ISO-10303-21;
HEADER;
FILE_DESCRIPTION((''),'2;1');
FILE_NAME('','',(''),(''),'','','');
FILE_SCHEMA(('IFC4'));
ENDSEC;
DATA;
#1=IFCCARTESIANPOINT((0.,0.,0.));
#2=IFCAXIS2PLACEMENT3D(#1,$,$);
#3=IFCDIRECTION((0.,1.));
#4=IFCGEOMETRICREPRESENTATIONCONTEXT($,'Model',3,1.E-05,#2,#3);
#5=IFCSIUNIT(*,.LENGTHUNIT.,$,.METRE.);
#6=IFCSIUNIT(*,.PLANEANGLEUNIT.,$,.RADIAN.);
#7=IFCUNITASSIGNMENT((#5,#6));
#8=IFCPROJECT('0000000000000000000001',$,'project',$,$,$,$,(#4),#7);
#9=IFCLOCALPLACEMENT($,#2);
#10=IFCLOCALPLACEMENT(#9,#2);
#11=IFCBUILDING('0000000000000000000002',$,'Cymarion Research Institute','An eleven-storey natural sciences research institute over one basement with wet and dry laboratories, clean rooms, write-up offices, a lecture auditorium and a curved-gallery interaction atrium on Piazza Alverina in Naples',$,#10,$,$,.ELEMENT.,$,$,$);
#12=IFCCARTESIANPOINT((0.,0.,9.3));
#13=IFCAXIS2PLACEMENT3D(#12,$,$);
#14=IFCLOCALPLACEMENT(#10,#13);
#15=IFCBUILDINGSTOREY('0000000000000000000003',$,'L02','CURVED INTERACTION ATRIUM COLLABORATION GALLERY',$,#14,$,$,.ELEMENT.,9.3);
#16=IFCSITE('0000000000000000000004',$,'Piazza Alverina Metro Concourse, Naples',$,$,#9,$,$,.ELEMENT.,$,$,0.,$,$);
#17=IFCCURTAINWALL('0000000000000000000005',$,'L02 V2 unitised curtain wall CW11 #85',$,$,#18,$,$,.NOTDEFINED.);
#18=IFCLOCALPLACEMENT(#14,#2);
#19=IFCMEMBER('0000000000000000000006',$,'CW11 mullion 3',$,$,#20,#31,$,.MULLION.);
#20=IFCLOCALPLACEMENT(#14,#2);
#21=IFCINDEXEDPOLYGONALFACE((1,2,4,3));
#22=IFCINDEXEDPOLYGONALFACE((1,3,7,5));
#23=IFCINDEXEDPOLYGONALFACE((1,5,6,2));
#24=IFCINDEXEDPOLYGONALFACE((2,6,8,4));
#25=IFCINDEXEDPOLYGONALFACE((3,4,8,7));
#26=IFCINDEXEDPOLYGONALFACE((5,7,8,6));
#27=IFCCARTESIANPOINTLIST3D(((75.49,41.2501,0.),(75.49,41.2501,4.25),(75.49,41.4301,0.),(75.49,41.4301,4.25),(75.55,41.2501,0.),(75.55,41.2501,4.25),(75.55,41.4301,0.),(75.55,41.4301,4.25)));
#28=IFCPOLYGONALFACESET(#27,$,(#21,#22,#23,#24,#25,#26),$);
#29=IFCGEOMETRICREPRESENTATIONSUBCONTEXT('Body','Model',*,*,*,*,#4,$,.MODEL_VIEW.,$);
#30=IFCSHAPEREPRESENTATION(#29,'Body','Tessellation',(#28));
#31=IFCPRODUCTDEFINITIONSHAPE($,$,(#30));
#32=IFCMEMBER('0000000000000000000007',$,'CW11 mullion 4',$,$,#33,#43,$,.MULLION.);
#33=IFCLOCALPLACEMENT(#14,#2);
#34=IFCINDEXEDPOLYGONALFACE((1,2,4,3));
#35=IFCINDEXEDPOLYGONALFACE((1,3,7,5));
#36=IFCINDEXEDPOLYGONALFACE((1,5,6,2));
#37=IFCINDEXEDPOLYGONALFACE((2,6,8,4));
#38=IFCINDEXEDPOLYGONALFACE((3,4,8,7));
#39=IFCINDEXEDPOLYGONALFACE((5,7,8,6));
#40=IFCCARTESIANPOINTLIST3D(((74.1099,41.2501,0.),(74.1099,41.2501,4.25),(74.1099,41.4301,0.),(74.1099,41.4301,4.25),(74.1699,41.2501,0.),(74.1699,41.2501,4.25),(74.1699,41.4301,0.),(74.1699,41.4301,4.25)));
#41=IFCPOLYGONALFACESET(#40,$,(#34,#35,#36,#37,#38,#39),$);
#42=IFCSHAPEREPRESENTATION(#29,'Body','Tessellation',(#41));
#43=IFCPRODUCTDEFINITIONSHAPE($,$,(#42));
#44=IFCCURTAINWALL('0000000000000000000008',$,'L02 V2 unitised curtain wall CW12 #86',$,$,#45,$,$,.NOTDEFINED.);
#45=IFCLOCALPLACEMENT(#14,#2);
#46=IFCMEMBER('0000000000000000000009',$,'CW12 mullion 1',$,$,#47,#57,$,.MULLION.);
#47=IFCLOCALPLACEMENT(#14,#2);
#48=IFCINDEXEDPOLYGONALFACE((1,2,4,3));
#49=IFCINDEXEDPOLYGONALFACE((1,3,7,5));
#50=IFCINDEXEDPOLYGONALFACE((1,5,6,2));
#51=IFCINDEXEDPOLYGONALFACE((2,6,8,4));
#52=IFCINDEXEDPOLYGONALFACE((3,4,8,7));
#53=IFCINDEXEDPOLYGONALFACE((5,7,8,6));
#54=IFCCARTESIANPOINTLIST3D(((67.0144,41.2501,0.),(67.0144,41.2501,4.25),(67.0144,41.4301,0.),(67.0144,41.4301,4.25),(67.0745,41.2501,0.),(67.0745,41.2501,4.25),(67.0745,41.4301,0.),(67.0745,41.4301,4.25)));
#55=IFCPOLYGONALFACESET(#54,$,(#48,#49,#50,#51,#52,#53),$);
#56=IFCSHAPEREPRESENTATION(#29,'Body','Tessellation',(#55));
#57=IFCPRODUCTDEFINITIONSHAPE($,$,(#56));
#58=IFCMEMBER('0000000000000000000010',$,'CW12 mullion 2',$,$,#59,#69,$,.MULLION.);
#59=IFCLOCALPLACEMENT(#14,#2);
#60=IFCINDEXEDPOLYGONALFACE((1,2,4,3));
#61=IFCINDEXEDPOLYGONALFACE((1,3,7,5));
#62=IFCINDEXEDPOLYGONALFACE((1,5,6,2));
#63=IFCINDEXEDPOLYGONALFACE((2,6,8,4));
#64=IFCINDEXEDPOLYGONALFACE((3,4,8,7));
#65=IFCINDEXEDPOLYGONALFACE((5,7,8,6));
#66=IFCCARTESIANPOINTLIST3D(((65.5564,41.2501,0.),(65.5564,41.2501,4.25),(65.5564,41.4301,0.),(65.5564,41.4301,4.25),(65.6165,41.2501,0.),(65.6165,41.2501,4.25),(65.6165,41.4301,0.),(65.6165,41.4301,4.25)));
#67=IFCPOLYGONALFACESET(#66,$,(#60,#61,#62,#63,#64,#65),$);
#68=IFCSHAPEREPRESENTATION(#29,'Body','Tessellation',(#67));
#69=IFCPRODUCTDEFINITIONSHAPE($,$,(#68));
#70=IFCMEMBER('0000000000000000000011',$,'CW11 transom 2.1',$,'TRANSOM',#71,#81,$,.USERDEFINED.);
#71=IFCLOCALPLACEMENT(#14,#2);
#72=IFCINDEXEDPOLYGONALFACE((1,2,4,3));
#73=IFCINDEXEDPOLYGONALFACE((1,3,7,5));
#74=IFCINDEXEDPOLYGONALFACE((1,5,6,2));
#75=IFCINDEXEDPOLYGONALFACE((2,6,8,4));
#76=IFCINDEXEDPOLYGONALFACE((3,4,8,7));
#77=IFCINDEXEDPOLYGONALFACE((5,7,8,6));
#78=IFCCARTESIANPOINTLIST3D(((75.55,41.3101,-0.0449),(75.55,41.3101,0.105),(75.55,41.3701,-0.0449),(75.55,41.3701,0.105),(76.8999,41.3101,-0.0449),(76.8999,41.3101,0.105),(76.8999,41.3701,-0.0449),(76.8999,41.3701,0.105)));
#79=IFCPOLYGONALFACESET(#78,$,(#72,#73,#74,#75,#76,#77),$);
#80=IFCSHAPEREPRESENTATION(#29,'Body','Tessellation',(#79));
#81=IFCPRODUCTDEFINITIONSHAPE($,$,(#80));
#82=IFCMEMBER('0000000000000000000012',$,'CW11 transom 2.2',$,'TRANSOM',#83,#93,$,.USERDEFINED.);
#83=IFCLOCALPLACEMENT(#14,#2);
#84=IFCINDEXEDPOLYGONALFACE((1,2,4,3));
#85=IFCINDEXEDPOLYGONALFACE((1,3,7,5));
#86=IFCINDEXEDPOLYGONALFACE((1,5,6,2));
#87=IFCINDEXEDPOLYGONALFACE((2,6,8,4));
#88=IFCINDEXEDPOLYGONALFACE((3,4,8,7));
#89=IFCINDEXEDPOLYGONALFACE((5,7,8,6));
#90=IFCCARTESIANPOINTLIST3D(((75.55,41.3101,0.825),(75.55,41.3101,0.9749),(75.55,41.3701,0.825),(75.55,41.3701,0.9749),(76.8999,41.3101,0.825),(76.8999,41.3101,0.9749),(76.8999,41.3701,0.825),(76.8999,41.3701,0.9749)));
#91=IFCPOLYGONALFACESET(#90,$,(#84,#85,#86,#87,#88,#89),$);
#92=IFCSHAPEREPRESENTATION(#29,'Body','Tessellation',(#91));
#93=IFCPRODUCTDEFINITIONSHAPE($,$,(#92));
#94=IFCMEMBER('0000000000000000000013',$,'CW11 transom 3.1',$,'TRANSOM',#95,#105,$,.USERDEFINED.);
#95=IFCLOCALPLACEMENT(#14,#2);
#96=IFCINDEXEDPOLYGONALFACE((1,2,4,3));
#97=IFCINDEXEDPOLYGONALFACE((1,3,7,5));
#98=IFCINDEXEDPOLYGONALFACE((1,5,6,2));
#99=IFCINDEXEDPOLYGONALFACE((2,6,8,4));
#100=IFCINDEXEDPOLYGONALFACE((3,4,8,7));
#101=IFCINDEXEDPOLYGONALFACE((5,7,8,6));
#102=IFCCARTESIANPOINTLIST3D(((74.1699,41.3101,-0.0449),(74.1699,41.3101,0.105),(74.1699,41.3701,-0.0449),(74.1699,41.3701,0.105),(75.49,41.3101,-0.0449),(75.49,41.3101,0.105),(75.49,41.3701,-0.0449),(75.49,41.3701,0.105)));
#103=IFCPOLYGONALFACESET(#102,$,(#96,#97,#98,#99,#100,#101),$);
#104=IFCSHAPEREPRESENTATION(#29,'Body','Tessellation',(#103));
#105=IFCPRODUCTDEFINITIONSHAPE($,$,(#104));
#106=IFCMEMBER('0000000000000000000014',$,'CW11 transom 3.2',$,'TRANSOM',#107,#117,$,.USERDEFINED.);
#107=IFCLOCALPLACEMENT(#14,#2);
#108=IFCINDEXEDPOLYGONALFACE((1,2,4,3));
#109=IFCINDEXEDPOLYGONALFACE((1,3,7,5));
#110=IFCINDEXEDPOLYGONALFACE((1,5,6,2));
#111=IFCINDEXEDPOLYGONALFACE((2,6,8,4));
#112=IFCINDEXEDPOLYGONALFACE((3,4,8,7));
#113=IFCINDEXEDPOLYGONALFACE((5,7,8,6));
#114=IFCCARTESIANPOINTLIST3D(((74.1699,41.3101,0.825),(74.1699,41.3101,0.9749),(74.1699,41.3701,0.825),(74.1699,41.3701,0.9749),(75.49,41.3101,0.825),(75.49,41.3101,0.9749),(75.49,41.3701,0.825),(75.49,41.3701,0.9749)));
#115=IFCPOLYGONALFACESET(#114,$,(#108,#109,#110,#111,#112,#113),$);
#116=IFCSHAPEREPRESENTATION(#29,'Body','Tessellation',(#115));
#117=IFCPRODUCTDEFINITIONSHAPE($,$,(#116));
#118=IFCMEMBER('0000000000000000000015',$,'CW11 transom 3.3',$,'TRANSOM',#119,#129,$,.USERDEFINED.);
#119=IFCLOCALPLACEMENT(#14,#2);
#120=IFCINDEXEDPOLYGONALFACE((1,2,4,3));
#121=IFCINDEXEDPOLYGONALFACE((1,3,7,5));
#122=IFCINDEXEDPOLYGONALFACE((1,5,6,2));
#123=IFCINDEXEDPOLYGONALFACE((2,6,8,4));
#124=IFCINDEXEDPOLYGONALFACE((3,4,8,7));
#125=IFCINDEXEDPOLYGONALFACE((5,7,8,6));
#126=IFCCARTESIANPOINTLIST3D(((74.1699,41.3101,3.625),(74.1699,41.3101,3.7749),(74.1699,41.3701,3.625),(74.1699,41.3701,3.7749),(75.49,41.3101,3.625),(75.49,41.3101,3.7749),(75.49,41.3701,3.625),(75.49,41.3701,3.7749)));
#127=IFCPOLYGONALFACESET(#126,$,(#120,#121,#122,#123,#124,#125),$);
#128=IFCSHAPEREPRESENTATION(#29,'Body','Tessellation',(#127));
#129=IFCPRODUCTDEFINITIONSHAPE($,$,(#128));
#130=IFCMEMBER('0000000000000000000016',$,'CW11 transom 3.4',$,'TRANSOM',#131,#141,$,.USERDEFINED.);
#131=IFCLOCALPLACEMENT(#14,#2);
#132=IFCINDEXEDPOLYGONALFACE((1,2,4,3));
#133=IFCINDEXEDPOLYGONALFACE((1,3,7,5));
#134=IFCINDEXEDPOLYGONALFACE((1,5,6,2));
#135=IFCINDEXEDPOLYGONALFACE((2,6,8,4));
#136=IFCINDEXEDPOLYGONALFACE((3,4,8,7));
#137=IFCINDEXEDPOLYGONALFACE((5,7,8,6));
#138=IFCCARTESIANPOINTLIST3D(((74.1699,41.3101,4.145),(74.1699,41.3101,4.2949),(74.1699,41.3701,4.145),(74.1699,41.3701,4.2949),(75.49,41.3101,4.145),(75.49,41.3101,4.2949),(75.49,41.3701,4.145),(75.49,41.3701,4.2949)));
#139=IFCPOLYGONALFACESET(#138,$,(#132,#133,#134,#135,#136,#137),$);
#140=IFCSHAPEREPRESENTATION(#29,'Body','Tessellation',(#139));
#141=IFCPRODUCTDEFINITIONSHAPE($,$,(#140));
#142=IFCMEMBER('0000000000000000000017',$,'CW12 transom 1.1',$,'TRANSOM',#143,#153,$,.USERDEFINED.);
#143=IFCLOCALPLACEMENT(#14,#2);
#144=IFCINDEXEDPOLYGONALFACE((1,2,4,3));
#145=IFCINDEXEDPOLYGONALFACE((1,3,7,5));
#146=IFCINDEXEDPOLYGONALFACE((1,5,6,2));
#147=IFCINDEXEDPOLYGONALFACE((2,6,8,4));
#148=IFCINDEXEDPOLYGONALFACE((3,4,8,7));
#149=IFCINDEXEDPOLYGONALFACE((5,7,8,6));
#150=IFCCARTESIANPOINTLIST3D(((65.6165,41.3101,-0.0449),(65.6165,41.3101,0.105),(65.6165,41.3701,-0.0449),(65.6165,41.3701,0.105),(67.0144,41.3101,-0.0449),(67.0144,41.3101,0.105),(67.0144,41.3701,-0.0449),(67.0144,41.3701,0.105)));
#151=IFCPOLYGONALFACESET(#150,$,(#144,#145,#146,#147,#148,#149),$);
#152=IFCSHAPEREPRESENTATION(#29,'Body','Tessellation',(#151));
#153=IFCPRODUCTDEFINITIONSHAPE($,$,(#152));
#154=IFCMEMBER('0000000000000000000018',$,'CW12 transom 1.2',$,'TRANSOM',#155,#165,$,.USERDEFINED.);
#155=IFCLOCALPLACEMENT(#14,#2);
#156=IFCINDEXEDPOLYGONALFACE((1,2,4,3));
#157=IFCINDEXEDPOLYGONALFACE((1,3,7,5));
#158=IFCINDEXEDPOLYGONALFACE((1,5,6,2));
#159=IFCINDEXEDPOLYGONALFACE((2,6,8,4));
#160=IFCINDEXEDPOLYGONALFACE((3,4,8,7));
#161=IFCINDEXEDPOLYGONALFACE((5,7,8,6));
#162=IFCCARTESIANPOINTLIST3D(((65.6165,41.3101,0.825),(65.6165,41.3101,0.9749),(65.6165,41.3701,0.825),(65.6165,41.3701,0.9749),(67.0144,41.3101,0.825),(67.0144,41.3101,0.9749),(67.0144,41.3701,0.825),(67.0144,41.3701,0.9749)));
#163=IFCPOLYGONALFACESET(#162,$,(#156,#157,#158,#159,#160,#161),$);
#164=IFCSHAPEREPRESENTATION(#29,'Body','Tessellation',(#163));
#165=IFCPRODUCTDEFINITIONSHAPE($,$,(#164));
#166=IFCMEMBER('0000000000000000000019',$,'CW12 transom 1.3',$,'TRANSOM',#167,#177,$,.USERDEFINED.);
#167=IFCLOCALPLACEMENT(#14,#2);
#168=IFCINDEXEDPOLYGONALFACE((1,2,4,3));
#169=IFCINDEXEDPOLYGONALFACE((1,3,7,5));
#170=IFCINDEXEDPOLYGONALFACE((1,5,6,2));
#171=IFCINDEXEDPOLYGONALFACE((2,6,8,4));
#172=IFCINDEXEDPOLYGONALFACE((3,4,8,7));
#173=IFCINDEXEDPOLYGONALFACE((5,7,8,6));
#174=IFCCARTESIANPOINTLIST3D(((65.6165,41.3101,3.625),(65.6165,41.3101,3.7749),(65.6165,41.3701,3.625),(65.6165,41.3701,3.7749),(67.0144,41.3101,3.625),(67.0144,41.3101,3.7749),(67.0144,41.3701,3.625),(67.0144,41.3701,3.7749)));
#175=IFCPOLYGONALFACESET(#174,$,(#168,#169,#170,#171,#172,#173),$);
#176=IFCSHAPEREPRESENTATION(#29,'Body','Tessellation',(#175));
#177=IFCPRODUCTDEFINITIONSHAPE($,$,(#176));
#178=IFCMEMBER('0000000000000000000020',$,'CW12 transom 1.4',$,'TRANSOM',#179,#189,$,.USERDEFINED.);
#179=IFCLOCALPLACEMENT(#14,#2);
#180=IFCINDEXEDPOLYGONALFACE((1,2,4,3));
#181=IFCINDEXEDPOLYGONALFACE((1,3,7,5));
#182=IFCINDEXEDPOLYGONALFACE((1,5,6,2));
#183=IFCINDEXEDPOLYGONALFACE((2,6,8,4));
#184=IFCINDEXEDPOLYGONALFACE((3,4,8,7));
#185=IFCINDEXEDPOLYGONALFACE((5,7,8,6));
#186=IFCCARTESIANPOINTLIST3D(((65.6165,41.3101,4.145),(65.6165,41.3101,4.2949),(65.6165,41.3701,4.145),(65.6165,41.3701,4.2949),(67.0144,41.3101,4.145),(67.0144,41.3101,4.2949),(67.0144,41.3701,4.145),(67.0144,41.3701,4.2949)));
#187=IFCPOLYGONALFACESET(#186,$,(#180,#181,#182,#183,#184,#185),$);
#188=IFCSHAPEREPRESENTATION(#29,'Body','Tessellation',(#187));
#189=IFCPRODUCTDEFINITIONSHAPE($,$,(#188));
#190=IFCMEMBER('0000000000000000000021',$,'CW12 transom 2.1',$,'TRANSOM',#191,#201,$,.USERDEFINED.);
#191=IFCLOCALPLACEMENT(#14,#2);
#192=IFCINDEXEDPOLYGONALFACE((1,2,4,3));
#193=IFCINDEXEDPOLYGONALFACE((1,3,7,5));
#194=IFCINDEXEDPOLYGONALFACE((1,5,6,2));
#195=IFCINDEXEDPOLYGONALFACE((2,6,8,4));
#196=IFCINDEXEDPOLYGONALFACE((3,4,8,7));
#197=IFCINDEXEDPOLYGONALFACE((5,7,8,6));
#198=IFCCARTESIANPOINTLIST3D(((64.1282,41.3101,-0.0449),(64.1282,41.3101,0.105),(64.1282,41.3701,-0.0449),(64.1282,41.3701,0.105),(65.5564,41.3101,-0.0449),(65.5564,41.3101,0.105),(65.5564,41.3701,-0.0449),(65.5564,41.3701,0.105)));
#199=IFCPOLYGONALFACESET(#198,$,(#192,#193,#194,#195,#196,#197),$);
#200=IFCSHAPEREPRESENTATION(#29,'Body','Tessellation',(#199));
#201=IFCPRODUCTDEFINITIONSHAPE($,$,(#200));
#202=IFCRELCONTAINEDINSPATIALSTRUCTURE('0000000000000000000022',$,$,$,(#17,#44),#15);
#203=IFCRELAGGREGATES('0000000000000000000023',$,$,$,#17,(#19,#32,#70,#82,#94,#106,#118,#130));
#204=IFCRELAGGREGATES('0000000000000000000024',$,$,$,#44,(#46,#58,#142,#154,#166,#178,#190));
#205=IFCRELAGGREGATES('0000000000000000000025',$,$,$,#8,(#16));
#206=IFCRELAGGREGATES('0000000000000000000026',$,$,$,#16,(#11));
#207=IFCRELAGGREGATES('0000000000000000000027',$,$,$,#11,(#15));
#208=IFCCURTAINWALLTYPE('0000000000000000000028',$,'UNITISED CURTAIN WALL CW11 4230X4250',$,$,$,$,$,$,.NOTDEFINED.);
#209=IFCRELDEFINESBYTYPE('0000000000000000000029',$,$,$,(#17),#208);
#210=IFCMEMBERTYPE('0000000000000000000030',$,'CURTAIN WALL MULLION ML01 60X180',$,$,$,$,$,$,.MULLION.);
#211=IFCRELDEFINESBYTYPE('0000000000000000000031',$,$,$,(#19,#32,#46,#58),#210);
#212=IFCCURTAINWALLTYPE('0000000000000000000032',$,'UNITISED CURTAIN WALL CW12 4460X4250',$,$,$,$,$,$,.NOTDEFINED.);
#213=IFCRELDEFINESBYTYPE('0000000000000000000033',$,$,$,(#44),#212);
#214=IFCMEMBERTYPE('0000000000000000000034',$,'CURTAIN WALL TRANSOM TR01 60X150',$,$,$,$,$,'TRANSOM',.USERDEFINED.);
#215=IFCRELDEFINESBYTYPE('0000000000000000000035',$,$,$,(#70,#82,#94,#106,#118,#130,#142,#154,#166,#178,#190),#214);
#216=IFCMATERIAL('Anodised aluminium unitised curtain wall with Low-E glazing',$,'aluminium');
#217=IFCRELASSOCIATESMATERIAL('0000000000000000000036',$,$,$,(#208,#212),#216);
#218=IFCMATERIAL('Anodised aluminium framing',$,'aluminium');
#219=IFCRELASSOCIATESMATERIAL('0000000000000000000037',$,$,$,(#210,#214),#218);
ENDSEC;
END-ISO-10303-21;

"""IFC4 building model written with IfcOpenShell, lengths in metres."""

from ifc_helpers import new_model, si_unit, direction, frame, origin, origin_2d, place, context, subcontext, project, spatial, rectangle, extrude, material, material_profile, profile_set, type_object, element, aggregate, save


model = new_model("IFC4")

# Units and contexts
model_context = context("Model", 3, precision=1e-05, world=origin(), true_north=direction((0.0, 1.0)))
body_context = subcontext(model_context, "Body", "Model", "MODEL_VIEW")
ifc_project = project(units=[si_unit("LENGTHUNIT", "METRE"), si_unit("PLANEANGLEUNIT", "RADIAN")], contexts=[model_context])

# Site, building, storey
site_placement = place(None, origin())
site = spatial("IfcSite", under=ifc_project, at=site_placement, Name="Piazza Alverina Metro Concourse, Naples", CompositionType="ELEMENT", RefElevation=0.0)
building_placement = place(site_placement, origin())
building = spatial("IfcBuilding", under=site, at=building_placement, Name="Cymarion Research Institute", Description="An eleven-storey natural sciences research institute over one basement with wet and dry laboratories, clean rooms, write-up offices, a lecture auditorium and a curved-gallery interaction atrium on Piazza Alverina in Naples", CompositionType="ELEMENT")
storey_placement = place(building_placement, frame((0.0, 0.0, 9.3)))
storey = spatial("IfcBuildingStorey", under=building, at=storey_placement, Name="L02", Description="CURVED INTERACTION ATRIUM COLLABORATION GALLERY", CompositionType="ELEMENT", Elevation=9.3)

# Curtain walls, members
ifc_material_1 = material(Name="Anodised aluminium unitised curtain wall with Low-E glazing", Category="aluminium")
curtain_wall_type_1 = type_object("IfcCurtainWallType", Name="UNITISED CURTAIN WALL CW11 4230X4250", PredefinedType="NOTDEFINED", material=ifc_material_1)
curtain_wall_1_placement = place(storey_placement, origin())
curtain_wall_1 = element("IfcCurtainWall", 1, at=curtain_wall_1_placement, inside=storey, type_object=curtain_wall_type_1, Name="L02 V2 unitised curtain wall CW11 #85", PredefinedType="NOTDEFINED")
ifc_material_2 = material(Name="Anodised aluminium framing", Category="aluminium")
ifc_material_profile_1 = material_profile(ifc_material_2, rectangle(XDim=0.0601, YDim=0.1799, at=origin_2d()), Name="ALU MULLION 60x180")
ifc_profile_set_1 = profile_set([ifc_material_profile_1], Name="Anodised aluminium framing")
member_type_1 = type_object("IfcMemberType", Name="CURTAIN WALL MULLION ML01 60X180", PredefinedType="MULLION", material=ifc_profile_set_1)
member_1_placement = place(storey_placement, frame((75.52, 41.3401, 0.0), z_axis=(0.0, 0.0, 1.0), x_axis=(-1.0, 0.0, 0.0)))
member_1 = element("IfcMember", 2, at=member_1_placement, type_object=member_type_1, Name="CW11 mullion 3", PredefinedType="MULLION", context=body_context, shape_type="SweptSolid", body=[
    extrude(rectangle(XDim=0.0601, YDim=0.1799, at=origin_2d()), origin(), (0.0, 0.0, 1.0), 4.25),
])
member_2_placement = place(storey_placement, frame((74.1399, 41.3401, 0.0), z_axis=(0.0, 0.0, 1.0), x_axis=(-1.0, 0.0, 0.0)))
member_2 = element("IfcMember", 3, at=member_2_placement, type_object=member_type_1, Name="CW11 mullion 4", PredefinedType="MULLION", context=body_context, shape_type="SweptSolid", body=[
    extrude(rectangle(XDim=0.0601, YDim=0.1799, at=origin_2d()), origin(), (0.0, 0.0, 1.0), 4.25),
])
curtain_wall_type_2 = type_object("IfcCurtainWallType", Name="UNITISED CURTAIN WALL CW12 4460X4250", PredefinedType="NOTDEFINED", material=ifc_material_1)
curtain_wall_2_placement = place(storey_placement, origin())
curtain_wall_2 = element("IfcCurtainWall", 4, at=curtain_wall_2_placement, inside=storey, type_object=curtain_wall_type_2, Name="L02 V2 unitised curtain wall CW12 #86", PredefinedType="NOTDEFINED")
member_3_placement = place(storey_placement, frame((67.0444, 41.3401, 0.0), z_axis=(0.0, 0.0, 1.0), x_axis=(-1.0, 0.0, 0.0)))
member_3 = element("IfcMember", 5, at=member_3_placement, type_object=member_type_1, Name="CW12 mullion 1", PredefinedType="MULLION", context=body_context, shape_type="SweptSolid", body=[
    extrude(rectangle(XDim=0.0601, YDim=0.1799, at=origin_2d()), origin(), (0.0, 0.0, 1.0), 4.25),
])
member_4_placement = place(storey_placement, frame((65.5864, 41.3401, 0.0), z_axis=(0.0, 0.0, 1.0), x_axis=(-1.0, 0.0, 0.0)))
member_4 = element("IfcMember", 6, at=member_4_placement, type_object=member_type_1, Name="CW12 mullion 2", PredefinedType="MULLION", context=body_context, shape_type="SweptSolid", body=[
    extrude(rectangle(XDim=0.0601, YDim=0.1799, at=origin_2d()), origin(), (0.0, 0.0, 1.0), 4.25),
])

# Members
ifc_material_profile_2 = material_profile(ifc_material_2, rectangle(XDim=0.0601, YDim=0.1499, at=origin_2d()), Name="ALU TRANSOM 60x150")
ifc_profile_set_2 = profile_set([ifc_material_profile_2], Name="Anodised aluminium framing")
member_type_2 = type_object("IfcMemberType", Name="CURTAIN WALL TRANSOM TR01 60X150", ElementType="TRANSOM", PredefinedType="USERDEFINED", material=ifc_profile_set_2)
member_5_placement = place(storey_placement, frame((76.8999, 41.3401, 0.03), z_axis=(-1.0, 0.0, 0.0), x_axis=(0.0, -1.0, 0.0)))
member_5 = element("IfcMember", 7, at=member_5_placement, type_object=member_type_2, Name="CW11 transom 2.1", ObjectType="TRANSOM", PredefinedType="USERDEFINED", context=body_context, shape_type="SweptSolid", body=[
    extrude(rectangle(XDim=0.0601, YDim=0.1499, at=origin_2d()), origin(), (0.0, 0.0, 1.0), 1.3499),
])
member_6_placement = place(storey_placement, frame((76.8999, 41.3401, 0.8999), z_axis=(-1.0, 0.0, 0.0), x_axis=(0.0, -1.0, 0.0)))
member_6 = element("IfcMember", 8, at=member_6_placement, type_object=member_type_2, Name="CW11 transom 2.2", ObjectType="TRANSOM", PredefinedType="USERDEFINED", context=body_context, shape_type="SweptSolid", body=[
    extrude(rectangle(XDim=0.0601, YDim=0.1499, at=origin_2d()), origin(), (0.0, 0.0, 1.0), 1.3499),
])
member_7_placement = place(storey_placement, frame((75.49, 41.3401, 0.03), z_axis=(-1.0, 0.0, 0.0), x_axis=(0.0, -1.0, 0.0)))
member_7 = element("IfcMember", 9, at=member_7_placement, type_object=member_type_2, Name="CW11 transom 3.1", ObjectType="TRANSOM", PredefinedType="USERDEFINED", context=body_context, shape_type="SweptSolid", body=[
    extrude(rectangle(XDim=0.0601, YDim=0.1499, at=origin_2d()), origin(), (0.0, 0.0, 1.0), 1.3201),
])
member_8_placement = place(storey_placement, frame((75.49, 41.3401, 0.8999), z_axis=(-1.0, 0.0, 0.0), x_axis=(0.0, -1.0, 0.0)))
member_8 = element("IfcMember", 10, at=member_8_placement, type_object=member_type_2, Name="CW11 transom 3.2", ObjectType="TRANSOM", PredefinedType="USERDEFINED", context=body_context, shape_type="SweptSolid", body=[
    extrude(rectangle(XDim=0.0601, YDim=0.1499, at=origin_2d()), origin(), (0.0, 0.0, 1.0), 1.3201),
])
member_9_placement = place(storey_placement, frame((75.49, 41.3401, 3.7), z_axis=(-1.0, 0.0, 0.0), x_axis=(0.0, -1.0, 0.0)))
member_9 = element("IfcMember", 11, at=member_9_placement, type_object=member_type_2, Name="CW11 transom 3.3", ObjectType="TRANSOM", PredefinedType="USERDEFINED", context=body_context, shape_type="SweptSolid", body=[
    extrude(rectangle(XDim=0.0601, YDim=0.1499, at=origin_2d()), origin(), (0.0, 0.0, 1.0), 1.3201),
])
member_10_placement = place(storey_placement, frame((75.49, 41.3401, 4.22), z_axis=(-1.0, 0.0, 0.0), x_axis=(0.0, -1.0, 0.0)))
member_10 = element("IfcMember", 12, at=member_10_placement, type_object=member_type_2, Name="CW11 transom 3.4", ObjectType="TRANSOM", PredefinedType="USERDEFINED", context=body_context, shape_type="SweptSolid", body=[
    extrude(rectangle(XDim=0.0601, YDim=0.1499, at=origin_2d()), origin(), (0.0, 0.0, 1.0), 1.3201),
])
member_11_placement = place(storey_placement, frame((67.0144, 41.3401, 0.03), z_axis=(-1.0, 0.0, 0.0), x_axis=(0.0, -1.0, 0.0)))
member_11 = element("IfcMember", 13, at=member_11_placement, type_object=member_type_2, Name="CW12 transom 1.1", ObjectType="TRANSOM", PredefinedType="USERDEFINED", context=body_context, shape_type="SweptSolid", body=[
    extrude(rectangle(XDim=0.0601, YDim=0.1499, at=origin_2d()), origin(), (0.0, 0.0, 1.0), 1.3979),
])
member_12_placement = place(storey_placement, frame((67.0144, 41.3401, 0.8999), z_axis=(-1.0, 0.0, 0.0), x_axis=(0.0, -1.0, 0.0)))
member_12 = element("IfcMember", 14, at=member_12_placement, type_object=member_type_2, Name="CW12 transom 1.2", ObjectType="TRANSOM", PredefinedType="USERDEFINED", context=body_context, shape_type="SweptSolid", body=[
    extrude(rectangle(XDim=0.0601, YDim=0.1499, at=origin_2d()), origin(), (0.0, 0.0, 1.0), 1.3979),
])
member_13_placement = place(storey_placement, frame((67.0144, 41.3401, 3.7), z_axis=(-1.0, 0.0, 0.0), x_axis=(0.0, -1.0, 0.0)))
member_13 = element("IfcMember", 15, at=member_13_placement, type_object=member_type_2, Name="CW12 transom 1.3", ObjectType="TRANSOM", PredefinedType="USERDEFINED", context=body_context, shape_type="SweptSolid", body=[
    extrude(rectangle(XDim=0.0601, YDim=0.1499, at=origin_2d()), origin(), (0.0, 0.0, 1.0), 1.3979),
])
member_14_placement = place(storey_placement, frame((67.0144, 41.3401, 4.22), z_axis=(-1.0, 0.0, 0.0), x_axis=(0.0, -1.0, 0.0)))
member_14 = element("IfcMember", 16, at=member_14_placement, type_object=member_type_2, Name="CW12 transom 1.4", ObjectType="TRANSOM", PredefinedType="USERDEFINED", context=body_context, shape_type="SweptSolid", body=[
    extrude(rectangle(XDim=0.0601, YDim=0.1499, at=origin_2d()), origin(), (0.0, 0.0, 1.0), 1.3979),
])
member_15_placement = place(storey_placement, frame((65.5564, 41.3401, 0.03), z_axis=(-1.0, 0.0, 0.0), x_axis=(0.0, -1.0, 0.0)))
member_15 = element("IfcMember", 17, at=member_15_placement, type_object=member_type_2, Name="CW12 transom 2.1", ObjectType="TRANSOM", PredefinedType="USERDEFINED", context=body_context, shape_type="SweptSolid", body=[
    extrude(rectangle(XDim=0.0601, YDim=0.1499, at=origin_2d()), origin(), (0.0, 0.0, 1.0), 1.4282),
])

aggregate(curtain_wall_1, [member_1, member_2, member_5, member_6, member_7, member_8, member_9, member_10])
aggregate(curtain_wall_2, [member_3, member_4, member_11, member_12, member_13, member_14, member_15])

save(model, "model.ifc")
